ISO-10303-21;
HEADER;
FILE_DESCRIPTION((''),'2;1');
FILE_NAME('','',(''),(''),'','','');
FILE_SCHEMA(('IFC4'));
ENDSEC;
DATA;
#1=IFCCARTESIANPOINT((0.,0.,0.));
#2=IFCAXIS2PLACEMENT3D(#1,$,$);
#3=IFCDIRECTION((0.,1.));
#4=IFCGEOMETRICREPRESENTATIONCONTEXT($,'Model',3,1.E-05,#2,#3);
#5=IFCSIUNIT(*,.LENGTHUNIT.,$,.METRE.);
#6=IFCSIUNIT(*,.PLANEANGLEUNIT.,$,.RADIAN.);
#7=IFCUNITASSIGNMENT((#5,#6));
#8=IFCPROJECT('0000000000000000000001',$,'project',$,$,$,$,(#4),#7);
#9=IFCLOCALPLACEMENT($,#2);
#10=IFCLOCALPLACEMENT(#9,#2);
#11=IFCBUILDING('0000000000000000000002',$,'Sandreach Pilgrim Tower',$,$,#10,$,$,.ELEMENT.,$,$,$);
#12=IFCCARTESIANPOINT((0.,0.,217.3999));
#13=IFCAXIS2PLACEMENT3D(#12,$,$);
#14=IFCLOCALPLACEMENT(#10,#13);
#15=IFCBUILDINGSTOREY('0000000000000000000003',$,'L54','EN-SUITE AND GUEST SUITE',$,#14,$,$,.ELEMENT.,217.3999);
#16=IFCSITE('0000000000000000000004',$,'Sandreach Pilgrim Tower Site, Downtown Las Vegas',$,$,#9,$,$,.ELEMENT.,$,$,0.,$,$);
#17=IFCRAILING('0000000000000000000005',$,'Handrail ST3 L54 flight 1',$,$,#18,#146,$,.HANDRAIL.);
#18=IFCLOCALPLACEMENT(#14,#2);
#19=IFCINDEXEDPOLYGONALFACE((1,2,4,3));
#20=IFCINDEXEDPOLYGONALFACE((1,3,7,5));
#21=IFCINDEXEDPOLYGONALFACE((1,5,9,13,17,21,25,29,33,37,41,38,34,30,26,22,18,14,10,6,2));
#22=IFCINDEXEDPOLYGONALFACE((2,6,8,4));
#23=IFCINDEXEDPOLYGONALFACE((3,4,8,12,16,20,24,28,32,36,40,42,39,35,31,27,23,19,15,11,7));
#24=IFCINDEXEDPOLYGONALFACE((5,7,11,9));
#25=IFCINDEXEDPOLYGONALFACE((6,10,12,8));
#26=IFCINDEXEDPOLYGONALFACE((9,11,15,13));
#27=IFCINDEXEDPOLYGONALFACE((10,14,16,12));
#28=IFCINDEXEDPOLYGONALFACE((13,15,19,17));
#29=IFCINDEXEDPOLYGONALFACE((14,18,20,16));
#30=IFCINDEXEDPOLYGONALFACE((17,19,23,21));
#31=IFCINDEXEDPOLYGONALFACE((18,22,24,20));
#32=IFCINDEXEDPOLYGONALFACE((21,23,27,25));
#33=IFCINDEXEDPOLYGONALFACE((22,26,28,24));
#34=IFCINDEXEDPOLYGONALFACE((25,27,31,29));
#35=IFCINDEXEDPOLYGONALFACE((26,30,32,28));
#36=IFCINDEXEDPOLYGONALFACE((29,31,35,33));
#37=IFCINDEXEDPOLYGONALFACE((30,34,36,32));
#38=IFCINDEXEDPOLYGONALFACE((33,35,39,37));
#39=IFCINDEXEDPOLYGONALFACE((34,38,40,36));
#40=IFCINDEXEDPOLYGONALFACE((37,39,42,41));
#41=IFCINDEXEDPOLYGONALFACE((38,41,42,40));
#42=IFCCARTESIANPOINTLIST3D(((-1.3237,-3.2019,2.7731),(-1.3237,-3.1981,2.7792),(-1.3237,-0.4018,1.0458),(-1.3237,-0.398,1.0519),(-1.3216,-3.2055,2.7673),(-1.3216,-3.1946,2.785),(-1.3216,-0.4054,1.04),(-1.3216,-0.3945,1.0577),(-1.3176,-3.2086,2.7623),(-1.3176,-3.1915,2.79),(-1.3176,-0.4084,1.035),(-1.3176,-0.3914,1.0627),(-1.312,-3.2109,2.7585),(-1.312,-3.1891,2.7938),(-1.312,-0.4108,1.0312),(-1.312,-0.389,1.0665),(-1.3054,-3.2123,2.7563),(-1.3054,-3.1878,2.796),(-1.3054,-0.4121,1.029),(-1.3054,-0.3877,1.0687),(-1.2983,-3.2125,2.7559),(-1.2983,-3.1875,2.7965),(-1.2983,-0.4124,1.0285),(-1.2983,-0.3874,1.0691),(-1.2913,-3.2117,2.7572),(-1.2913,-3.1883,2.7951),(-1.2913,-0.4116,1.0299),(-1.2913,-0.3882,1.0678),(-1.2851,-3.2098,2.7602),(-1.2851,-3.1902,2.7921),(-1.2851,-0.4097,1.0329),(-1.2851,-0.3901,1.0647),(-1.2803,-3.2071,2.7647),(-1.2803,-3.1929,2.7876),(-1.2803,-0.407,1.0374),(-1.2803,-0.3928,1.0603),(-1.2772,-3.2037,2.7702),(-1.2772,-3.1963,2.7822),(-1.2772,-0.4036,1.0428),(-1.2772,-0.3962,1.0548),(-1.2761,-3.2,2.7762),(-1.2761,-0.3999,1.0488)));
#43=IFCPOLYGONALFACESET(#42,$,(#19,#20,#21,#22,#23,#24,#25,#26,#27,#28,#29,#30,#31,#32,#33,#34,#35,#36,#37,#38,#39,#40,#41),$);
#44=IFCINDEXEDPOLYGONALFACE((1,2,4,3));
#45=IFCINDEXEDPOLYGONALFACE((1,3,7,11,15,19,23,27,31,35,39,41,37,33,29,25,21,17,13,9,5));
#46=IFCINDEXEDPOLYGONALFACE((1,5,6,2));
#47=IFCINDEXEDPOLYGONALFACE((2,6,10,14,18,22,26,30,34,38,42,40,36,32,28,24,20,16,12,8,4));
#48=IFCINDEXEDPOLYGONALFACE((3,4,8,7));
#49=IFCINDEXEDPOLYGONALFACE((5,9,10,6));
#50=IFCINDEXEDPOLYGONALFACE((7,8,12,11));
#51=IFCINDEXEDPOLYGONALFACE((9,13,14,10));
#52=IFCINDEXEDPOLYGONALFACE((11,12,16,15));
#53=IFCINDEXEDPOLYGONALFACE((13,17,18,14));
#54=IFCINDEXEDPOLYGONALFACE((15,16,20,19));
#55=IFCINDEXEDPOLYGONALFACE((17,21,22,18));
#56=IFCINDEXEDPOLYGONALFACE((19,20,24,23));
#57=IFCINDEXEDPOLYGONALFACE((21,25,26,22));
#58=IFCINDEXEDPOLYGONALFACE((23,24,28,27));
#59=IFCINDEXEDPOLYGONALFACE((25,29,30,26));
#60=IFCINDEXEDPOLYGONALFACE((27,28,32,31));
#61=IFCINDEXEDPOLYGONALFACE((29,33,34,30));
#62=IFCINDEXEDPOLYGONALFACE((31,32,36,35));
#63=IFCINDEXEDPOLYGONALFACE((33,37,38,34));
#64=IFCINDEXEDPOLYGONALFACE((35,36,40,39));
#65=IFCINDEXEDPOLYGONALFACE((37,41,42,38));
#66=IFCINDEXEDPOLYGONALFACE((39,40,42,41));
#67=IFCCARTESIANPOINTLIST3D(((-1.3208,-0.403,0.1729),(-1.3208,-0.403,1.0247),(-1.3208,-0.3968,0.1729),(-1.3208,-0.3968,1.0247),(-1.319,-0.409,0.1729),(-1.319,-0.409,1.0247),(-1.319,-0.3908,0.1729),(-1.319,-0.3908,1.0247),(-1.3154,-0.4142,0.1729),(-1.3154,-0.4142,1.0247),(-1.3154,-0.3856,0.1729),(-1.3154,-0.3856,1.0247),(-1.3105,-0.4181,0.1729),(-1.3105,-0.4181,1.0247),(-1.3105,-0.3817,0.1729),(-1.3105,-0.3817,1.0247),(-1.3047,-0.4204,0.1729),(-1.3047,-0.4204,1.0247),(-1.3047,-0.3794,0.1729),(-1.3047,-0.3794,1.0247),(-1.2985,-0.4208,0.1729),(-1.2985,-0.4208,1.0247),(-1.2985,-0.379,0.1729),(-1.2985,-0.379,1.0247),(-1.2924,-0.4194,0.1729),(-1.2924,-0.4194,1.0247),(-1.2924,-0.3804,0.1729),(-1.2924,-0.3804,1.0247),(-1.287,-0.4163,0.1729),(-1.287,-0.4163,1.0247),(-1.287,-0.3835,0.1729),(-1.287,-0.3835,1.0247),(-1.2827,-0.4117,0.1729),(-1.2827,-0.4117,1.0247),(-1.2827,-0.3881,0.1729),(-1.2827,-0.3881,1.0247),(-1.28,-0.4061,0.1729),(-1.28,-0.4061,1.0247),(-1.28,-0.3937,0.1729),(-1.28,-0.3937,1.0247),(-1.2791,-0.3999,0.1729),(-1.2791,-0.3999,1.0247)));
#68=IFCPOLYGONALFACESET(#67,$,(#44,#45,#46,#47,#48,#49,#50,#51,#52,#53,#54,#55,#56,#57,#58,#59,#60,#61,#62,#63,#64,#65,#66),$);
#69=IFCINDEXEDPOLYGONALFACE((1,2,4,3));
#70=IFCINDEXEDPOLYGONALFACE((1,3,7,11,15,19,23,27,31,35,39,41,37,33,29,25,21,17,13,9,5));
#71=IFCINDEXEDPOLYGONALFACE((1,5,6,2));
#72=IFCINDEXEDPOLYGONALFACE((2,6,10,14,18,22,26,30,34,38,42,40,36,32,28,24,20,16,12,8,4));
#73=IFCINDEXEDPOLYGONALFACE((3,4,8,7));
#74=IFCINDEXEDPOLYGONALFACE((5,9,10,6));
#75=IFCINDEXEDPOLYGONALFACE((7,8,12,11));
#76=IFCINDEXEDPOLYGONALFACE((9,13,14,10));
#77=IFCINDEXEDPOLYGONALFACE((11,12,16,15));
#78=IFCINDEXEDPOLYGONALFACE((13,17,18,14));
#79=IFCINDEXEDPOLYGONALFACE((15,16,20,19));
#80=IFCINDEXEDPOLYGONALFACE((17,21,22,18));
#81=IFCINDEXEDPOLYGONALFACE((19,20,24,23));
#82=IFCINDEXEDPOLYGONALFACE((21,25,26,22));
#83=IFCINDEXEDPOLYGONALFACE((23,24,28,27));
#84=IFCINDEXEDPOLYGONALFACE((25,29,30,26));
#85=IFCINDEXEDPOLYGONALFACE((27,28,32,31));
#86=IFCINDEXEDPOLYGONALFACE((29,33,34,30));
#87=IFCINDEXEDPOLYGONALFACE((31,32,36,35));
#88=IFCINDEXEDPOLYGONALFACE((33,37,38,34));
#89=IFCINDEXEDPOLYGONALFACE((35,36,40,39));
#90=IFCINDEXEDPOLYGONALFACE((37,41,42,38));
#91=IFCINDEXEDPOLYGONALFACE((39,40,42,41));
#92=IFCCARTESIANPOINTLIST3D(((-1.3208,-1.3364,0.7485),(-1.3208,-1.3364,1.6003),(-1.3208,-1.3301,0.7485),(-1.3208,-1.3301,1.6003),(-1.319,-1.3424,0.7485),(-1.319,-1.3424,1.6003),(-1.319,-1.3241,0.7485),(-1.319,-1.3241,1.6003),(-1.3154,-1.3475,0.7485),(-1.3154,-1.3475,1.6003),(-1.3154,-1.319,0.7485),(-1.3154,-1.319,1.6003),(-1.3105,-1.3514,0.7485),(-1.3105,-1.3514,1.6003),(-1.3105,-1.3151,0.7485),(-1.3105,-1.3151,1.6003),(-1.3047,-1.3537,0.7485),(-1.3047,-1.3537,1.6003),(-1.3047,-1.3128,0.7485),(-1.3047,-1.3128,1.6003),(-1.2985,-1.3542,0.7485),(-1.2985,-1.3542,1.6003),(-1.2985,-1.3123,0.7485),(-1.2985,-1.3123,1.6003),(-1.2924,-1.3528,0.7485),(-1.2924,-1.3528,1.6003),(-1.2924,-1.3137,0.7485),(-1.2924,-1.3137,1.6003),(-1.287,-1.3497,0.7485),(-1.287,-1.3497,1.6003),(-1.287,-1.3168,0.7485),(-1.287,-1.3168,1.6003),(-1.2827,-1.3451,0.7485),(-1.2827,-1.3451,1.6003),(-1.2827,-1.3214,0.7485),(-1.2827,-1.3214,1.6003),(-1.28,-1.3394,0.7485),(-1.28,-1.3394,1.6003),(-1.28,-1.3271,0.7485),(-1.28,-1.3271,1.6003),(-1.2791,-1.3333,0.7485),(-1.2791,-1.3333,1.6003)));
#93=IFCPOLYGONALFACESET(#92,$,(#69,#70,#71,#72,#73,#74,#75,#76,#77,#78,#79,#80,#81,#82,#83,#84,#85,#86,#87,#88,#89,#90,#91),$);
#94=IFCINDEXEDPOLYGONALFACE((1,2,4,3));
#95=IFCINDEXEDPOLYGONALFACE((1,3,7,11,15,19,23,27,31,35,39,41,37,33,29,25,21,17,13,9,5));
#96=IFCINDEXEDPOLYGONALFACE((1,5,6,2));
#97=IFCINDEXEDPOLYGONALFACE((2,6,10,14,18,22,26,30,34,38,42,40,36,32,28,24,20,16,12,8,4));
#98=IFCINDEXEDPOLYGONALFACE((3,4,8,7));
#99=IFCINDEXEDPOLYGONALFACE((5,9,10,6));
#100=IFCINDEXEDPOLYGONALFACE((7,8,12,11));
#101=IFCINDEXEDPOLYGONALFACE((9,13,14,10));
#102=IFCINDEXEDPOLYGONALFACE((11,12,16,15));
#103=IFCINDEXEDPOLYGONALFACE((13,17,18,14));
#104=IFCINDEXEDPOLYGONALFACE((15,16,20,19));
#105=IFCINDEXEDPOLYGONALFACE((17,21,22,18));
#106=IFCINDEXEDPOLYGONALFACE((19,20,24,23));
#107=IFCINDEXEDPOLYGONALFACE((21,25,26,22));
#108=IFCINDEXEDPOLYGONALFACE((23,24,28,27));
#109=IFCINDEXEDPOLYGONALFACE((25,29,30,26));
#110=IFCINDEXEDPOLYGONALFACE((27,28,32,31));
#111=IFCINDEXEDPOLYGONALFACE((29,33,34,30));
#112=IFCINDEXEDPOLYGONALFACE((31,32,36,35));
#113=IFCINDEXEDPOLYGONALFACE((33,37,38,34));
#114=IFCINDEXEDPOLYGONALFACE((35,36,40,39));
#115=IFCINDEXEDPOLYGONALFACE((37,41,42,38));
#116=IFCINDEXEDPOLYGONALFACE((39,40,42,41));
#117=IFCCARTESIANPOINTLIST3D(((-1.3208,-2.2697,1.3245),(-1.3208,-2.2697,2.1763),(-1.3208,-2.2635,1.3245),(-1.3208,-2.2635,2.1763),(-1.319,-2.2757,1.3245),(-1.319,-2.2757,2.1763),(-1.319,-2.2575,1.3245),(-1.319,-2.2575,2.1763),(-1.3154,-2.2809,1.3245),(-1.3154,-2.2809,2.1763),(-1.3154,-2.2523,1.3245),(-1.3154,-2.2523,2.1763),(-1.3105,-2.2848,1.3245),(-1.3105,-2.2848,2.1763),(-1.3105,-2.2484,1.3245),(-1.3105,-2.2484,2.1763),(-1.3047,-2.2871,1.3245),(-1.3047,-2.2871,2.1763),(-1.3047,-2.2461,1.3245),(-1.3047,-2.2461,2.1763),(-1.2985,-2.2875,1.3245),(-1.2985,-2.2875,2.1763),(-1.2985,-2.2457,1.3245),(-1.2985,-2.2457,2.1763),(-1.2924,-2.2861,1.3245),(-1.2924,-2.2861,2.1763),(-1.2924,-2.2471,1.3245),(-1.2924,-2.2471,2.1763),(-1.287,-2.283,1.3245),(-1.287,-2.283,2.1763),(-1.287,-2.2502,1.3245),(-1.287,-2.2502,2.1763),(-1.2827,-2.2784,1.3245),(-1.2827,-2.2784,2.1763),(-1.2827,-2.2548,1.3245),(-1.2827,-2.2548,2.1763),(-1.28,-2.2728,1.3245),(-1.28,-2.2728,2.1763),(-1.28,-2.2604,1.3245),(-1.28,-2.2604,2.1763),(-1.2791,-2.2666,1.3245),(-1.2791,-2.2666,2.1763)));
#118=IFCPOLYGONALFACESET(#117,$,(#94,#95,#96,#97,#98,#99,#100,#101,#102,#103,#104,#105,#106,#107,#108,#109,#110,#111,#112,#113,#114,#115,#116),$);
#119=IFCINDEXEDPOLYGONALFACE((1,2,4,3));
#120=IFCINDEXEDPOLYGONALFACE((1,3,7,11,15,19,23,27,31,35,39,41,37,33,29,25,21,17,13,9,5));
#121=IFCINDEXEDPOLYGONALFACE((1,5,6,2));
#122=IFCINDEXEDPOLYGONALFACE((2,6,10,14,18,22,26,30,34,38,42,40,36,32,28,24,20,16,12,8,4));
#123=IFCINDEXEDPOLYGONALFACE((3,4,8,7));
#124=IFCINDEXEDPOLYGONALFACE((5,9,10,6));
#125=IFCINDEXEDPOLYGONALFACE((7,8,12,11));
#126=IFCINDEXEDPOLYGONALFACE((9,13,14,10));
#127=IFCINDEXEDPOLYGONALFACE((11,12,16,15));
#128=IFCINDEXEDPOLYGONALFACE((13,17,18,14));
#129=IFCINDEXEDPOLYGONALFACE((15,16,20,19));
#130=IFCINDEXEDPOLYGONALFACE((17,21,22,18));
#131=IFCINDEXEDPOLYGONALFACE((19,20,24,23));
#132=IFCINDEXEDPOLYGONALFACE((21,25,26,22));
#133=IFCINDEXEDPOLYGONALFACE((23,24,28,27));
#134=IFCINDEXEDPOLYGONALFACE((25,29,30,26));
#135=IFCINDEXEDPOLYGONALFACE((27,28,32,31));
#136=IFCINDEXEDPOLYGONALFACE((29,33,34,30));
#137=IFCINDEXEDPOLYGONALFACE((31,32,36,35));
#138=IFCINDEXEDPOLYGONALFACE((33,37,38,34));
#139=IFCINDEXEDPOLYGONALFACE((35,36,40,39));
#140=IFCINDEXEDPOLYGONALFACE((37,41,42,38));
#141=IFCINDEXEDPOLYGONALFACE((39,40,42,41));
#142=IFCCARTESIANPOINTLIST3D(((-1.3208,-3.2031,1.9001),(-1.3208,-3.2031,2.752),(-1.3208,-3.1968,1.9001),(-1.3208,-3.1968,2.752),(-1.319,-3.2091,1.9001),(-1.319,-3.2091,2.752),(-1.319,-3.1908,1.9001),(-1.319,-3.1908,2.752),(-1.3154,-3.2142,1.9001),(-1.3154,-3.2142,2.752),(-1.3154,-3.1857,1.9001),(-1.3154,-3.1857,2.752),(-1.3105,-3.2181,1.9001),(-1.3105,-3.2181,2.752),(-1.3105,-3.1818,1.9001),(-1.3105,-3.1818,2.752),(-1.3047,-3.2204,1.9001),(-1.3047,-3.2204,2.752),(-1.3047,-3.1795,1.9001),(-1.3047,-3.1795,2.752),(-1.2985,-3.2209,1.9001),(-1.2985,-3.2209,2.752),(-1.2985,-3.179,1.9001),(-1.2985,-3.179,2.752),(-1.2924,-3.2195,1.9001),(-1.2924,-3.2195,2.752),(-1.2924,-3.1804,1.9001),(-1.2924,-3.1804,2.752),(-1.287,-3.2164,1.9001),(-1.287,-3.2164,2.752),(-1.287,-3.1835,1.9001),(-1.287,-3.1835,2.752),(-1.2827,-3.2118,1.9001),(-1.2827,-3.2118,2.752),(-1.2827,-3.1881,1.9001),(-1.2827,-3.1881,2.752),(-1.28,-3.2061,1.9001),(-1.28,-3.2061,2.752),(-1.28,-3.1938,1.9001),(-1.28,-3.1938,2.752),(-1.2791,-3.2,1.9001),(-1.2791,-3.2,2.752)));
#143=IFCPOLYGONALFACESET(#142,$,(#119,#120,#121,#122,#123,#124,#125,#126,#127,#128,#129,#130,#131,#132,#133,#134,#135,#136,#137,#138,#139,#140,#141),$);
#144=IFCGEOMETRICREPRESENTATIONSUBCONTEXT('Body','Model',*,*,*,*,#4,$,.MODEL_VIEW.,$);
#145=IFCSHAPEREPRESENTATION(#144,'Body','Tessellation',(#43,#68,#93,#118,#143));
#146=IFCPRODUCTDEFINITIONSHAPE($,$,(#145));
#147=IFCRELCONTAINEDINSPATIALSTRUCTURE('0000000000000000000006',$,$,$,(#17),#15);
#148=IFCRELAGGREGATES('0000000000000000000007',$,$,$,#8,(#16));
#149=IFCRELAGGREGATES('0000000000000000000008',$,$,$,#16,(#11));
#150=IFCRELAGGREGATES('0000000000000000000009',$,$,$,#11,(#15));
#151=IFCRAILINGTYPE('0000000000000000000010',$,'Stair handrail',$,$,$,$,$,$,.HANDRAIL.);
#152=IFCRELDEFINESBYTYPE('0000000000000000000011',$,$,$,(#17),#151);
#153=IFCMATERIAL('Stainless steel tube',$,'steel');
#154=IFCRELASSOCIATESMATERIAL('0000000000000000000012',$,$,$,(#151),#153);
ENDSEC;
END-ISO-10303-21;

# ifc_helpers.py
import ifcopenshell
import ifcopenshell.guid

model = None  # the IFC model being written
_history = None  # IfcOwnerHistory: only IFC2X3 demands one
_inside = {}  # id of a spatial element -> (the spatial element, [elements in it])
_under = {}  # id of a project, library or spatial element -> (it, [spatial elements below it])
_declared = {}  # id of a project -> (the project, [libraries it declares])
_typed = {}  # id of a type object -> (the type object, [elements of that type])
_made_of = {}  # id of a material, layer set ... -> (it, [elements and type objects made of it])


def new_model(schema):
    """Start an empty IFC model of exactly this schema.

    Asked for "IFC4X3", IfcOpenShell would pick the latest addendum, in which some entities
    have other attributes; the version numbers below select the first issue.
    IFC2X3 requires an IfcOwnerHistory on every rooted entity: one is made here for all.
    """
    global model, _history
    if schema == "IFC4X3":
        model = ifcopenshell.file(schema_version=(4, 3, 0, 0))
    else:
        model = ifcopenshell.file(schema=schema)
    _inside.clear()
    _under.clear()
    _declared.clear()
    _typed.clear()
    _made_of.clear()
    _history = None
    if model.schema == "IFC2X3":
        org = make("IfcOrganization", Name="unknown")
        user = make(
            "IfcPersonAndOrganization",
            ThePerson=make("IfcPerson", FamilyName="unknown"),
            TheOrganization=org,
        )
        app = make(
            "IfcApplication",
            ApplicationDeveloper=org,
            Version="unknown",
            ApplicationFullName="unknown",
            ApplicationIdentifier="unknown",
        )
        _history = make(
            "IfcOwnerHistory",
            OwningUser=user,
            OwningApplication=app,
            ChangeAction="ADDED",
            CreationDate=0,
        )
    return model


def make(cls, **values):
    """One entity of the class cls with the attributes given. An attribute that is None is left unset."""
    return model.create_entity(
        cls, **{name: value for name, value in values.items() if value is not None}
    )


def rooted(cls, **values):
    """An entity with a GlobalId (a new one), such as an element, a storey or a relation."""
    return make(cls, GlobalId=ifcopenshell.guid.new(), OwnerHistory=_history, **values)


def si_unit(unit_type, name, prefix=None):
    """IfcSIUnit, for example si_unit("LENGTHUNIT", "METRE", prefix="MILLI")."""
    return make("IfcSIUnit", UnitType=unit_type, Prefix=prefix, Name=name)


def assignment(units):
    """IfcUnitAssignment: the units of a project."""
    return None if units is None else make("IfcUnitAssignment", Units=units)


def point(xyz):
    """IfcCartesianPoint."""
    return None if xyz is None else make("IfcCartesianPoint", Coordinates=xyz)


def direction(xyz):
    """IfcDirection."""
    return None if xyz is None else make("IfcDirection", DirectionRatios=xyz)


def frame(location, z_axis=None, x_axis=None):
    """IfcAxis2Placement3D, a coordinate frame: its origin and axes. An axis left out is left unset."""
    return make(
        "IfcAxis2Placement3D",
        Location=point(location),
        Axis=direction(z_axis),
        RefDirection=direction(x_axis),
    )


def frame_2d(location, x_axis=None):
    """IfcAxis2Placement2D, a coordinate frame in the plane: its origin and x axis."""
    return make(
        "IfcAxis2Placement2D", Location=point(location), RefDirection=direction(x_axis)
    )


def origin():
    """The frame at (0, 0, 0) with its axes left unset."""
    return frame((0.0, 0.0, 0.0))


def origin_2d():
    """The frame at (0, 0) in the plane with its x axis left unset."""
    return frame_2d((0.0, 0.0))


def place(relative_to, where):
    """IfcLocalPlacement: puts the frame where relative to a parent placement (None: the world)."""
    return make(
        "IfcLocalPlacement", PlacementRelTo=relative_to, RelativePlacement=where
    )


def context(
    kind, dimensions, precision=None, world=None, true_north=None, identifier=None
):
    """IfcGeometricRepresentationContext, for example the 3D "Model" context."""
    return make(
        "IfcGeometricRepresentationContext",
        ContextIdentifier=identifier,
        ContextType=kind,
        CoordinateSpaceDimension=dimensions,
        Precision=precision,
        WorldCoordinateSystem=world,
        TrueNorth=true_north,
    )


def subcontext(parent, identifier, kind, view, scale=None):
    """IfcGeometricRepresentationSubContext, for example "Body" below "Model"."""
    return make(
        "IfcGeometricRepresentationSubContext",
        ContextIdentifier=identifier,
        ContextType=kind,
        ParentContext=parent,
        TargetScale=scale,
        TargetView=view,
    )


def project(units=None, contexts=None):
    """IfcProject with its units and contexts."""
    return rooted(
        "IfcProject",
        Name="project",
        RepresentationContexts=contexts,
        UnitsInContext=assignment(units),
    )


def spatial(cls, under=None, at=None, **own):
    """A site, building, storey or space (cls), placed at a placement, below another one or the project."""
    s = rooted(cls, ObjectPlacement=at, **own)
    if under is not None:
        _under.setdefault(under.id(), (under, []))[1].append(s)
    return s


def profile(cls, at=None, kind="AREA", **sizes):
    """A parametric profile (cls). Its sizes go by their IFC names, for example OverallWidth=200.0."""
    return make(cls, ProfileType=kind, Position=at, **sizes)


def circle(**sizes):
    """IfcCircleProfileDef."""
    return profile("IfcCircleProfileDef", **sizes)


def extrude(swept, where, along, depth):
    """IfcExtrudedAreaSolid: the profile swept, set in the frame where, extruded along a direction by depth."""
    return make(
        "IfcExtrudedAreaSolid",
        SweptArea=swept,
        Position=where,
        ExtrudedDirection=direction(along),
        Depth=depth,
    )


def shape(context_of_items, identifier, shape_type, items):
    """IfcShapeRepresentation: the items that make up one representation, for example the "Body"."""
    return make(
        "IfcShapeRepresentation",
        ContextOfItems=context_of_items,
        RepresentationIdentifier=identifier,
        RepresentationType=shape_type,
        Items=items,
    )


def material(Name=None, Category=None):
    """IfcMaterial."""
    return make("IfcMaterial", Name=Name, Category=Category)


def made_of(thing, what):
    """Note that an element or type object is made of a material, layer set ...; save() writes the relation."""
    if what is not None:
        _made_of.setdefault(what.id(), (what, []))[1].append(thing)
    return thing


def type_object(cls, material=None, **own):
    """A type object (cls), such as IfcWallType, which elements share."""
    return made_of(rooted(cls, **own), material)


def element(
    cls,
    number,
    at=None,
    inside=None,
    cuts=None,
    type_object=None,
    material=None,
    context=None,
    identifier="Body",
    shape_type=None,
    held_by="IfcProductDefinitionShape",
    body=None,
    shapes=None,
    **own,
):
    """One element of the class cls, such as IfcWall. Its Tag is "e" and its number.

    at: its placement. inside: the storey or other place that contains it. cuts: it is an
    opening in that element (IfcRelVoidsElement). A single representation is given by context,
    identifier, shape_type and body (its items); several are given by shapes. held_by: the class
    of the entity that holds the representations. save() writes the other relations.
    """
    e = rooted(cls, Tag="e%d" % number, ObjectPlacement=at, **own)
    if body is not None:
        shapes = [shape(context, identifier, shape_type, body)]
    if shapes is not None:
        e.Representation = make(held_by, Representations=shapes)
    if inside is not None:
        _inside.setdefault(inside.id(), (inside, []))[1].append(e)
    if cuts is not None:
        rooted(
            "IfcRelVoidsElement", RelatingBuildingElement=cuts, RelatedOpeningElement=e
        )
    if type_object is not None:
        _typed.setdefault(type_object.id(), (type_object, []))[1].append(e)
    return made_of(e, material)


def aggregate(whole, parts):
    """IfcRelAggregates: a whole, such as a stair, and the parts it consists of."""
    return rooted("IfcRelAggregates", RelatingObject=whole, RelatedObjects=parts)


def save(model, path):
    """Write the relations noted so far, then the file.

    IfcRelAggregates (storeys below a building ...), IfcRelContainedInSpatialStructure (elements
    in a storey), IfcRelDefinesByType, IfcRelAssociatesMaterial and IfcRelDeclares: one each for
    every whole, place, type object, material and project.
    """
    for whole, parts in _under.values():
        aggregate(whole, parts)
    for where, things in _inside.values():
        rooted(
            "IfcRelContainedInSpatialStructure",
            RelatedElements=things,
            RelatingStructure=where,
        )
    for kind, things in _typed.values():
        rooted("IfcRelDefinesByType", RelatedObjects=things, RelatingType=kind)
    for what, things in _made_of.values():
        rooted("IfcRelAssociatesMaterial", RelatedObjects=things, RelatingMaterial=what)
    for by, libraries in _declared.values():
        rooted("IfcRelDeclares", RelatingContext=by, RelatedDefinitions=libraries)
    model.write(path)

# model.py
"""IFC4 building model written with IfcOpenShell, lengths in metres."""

from ifc_helpers import new_model, si_unit, direction, frame, origin, origin_2d, place, context, subcontext, project, spatial, circle, extrude, material, type_object, element, save


model = new_model("IFC4")

# Units and contexts
model_context = context("Model", 3, precision=1e-05, world=origin(), true_north=direction((0.0, 1.0)))
body_context = subcontext(model_context, "Body", "Model", "MODEL_VIEW")
ifc_project = project(units=[si_unit("LENGTHUNIT", "METRE"), si_unit("PLANEANGLEUNIT", "RADIAN")], contexts=[model_context])

# Site, building, storey
site_placement = place(None, origin())
site = spatial("IfcSite", under=ifc_project, at=site_placement, Name="Sandreach Pilgrim Tower Site, Downtown Las Vegas", CompositionType="ELEMENT", RefElevation=0.0)
building_placement = place(site_placement, origin())
building = spatial("IfcBuilding", under=site, at=building_placement, Name="Sandreach Pilgrim Tower", CompositionType="ELEMENT")
storey_placement = place(building_placement, frame((0.0, 0.0, 217.3999)))
storey = spatial("IfcBuildingStorey", under=building, at=storey_placement, Name="L54", Description="EN-SUITE AND GUEST SUITE", CompositionType="ELEMENT", Elevation=217.3999)

# Railing
ifc_material_1 = material(Name="Stainless steel tube", Category="steel")
railing_type = type_object("IfcRailingType", Name="Stair handrail", PredefinedType="HANDRAIL", material=ifc_material_1)
for number, where, name in (
    (1, (-1.3, -0.3999, 0.1729), "Handrail ST3 L54 flight 1"),
):
    element("IfcRailing", number, at=place(storey_placement, frame(where)), inside=storey, type_object=railing_type, Name=name, PredefinedType="HANDRAIL", context=body_context, shape_type="SweptSolid", body=[
        extrude(circle(Radius=0.0239, at=origin_2d()), frame((0.0, 0.0, 0.876), z_axis=(0.0, -0.85109, 0.52502), x_axis=(1.0, 0.0, 0.0)), (0.0, 0.0, 1.0), 3.29),
        extrude(circle(Radius=0.021, at=origin_2d()), origin(), (0.0, 0.0, 1.0), 0.8518),
        extrude(circle(Radius=0.021, at=origin_2d()), frame((0.0, -0.9333, 0.5757)), (0.0, 0.0, 1.0), 0.8518),
        extrude(circle(Radius=0.021, at=origin_2d()), frame((0.0, -1.8667, 1.1516)), (0.0, 0.0, 1.0), 0.8518),
        extrude(circle(Radius=0.021, at=origin_2d()), frame((0.0, -2.8, 1.7273)), (0.0, 0.0, 1.0), 0.8518),
    ])

save(model, "model.ifc")
